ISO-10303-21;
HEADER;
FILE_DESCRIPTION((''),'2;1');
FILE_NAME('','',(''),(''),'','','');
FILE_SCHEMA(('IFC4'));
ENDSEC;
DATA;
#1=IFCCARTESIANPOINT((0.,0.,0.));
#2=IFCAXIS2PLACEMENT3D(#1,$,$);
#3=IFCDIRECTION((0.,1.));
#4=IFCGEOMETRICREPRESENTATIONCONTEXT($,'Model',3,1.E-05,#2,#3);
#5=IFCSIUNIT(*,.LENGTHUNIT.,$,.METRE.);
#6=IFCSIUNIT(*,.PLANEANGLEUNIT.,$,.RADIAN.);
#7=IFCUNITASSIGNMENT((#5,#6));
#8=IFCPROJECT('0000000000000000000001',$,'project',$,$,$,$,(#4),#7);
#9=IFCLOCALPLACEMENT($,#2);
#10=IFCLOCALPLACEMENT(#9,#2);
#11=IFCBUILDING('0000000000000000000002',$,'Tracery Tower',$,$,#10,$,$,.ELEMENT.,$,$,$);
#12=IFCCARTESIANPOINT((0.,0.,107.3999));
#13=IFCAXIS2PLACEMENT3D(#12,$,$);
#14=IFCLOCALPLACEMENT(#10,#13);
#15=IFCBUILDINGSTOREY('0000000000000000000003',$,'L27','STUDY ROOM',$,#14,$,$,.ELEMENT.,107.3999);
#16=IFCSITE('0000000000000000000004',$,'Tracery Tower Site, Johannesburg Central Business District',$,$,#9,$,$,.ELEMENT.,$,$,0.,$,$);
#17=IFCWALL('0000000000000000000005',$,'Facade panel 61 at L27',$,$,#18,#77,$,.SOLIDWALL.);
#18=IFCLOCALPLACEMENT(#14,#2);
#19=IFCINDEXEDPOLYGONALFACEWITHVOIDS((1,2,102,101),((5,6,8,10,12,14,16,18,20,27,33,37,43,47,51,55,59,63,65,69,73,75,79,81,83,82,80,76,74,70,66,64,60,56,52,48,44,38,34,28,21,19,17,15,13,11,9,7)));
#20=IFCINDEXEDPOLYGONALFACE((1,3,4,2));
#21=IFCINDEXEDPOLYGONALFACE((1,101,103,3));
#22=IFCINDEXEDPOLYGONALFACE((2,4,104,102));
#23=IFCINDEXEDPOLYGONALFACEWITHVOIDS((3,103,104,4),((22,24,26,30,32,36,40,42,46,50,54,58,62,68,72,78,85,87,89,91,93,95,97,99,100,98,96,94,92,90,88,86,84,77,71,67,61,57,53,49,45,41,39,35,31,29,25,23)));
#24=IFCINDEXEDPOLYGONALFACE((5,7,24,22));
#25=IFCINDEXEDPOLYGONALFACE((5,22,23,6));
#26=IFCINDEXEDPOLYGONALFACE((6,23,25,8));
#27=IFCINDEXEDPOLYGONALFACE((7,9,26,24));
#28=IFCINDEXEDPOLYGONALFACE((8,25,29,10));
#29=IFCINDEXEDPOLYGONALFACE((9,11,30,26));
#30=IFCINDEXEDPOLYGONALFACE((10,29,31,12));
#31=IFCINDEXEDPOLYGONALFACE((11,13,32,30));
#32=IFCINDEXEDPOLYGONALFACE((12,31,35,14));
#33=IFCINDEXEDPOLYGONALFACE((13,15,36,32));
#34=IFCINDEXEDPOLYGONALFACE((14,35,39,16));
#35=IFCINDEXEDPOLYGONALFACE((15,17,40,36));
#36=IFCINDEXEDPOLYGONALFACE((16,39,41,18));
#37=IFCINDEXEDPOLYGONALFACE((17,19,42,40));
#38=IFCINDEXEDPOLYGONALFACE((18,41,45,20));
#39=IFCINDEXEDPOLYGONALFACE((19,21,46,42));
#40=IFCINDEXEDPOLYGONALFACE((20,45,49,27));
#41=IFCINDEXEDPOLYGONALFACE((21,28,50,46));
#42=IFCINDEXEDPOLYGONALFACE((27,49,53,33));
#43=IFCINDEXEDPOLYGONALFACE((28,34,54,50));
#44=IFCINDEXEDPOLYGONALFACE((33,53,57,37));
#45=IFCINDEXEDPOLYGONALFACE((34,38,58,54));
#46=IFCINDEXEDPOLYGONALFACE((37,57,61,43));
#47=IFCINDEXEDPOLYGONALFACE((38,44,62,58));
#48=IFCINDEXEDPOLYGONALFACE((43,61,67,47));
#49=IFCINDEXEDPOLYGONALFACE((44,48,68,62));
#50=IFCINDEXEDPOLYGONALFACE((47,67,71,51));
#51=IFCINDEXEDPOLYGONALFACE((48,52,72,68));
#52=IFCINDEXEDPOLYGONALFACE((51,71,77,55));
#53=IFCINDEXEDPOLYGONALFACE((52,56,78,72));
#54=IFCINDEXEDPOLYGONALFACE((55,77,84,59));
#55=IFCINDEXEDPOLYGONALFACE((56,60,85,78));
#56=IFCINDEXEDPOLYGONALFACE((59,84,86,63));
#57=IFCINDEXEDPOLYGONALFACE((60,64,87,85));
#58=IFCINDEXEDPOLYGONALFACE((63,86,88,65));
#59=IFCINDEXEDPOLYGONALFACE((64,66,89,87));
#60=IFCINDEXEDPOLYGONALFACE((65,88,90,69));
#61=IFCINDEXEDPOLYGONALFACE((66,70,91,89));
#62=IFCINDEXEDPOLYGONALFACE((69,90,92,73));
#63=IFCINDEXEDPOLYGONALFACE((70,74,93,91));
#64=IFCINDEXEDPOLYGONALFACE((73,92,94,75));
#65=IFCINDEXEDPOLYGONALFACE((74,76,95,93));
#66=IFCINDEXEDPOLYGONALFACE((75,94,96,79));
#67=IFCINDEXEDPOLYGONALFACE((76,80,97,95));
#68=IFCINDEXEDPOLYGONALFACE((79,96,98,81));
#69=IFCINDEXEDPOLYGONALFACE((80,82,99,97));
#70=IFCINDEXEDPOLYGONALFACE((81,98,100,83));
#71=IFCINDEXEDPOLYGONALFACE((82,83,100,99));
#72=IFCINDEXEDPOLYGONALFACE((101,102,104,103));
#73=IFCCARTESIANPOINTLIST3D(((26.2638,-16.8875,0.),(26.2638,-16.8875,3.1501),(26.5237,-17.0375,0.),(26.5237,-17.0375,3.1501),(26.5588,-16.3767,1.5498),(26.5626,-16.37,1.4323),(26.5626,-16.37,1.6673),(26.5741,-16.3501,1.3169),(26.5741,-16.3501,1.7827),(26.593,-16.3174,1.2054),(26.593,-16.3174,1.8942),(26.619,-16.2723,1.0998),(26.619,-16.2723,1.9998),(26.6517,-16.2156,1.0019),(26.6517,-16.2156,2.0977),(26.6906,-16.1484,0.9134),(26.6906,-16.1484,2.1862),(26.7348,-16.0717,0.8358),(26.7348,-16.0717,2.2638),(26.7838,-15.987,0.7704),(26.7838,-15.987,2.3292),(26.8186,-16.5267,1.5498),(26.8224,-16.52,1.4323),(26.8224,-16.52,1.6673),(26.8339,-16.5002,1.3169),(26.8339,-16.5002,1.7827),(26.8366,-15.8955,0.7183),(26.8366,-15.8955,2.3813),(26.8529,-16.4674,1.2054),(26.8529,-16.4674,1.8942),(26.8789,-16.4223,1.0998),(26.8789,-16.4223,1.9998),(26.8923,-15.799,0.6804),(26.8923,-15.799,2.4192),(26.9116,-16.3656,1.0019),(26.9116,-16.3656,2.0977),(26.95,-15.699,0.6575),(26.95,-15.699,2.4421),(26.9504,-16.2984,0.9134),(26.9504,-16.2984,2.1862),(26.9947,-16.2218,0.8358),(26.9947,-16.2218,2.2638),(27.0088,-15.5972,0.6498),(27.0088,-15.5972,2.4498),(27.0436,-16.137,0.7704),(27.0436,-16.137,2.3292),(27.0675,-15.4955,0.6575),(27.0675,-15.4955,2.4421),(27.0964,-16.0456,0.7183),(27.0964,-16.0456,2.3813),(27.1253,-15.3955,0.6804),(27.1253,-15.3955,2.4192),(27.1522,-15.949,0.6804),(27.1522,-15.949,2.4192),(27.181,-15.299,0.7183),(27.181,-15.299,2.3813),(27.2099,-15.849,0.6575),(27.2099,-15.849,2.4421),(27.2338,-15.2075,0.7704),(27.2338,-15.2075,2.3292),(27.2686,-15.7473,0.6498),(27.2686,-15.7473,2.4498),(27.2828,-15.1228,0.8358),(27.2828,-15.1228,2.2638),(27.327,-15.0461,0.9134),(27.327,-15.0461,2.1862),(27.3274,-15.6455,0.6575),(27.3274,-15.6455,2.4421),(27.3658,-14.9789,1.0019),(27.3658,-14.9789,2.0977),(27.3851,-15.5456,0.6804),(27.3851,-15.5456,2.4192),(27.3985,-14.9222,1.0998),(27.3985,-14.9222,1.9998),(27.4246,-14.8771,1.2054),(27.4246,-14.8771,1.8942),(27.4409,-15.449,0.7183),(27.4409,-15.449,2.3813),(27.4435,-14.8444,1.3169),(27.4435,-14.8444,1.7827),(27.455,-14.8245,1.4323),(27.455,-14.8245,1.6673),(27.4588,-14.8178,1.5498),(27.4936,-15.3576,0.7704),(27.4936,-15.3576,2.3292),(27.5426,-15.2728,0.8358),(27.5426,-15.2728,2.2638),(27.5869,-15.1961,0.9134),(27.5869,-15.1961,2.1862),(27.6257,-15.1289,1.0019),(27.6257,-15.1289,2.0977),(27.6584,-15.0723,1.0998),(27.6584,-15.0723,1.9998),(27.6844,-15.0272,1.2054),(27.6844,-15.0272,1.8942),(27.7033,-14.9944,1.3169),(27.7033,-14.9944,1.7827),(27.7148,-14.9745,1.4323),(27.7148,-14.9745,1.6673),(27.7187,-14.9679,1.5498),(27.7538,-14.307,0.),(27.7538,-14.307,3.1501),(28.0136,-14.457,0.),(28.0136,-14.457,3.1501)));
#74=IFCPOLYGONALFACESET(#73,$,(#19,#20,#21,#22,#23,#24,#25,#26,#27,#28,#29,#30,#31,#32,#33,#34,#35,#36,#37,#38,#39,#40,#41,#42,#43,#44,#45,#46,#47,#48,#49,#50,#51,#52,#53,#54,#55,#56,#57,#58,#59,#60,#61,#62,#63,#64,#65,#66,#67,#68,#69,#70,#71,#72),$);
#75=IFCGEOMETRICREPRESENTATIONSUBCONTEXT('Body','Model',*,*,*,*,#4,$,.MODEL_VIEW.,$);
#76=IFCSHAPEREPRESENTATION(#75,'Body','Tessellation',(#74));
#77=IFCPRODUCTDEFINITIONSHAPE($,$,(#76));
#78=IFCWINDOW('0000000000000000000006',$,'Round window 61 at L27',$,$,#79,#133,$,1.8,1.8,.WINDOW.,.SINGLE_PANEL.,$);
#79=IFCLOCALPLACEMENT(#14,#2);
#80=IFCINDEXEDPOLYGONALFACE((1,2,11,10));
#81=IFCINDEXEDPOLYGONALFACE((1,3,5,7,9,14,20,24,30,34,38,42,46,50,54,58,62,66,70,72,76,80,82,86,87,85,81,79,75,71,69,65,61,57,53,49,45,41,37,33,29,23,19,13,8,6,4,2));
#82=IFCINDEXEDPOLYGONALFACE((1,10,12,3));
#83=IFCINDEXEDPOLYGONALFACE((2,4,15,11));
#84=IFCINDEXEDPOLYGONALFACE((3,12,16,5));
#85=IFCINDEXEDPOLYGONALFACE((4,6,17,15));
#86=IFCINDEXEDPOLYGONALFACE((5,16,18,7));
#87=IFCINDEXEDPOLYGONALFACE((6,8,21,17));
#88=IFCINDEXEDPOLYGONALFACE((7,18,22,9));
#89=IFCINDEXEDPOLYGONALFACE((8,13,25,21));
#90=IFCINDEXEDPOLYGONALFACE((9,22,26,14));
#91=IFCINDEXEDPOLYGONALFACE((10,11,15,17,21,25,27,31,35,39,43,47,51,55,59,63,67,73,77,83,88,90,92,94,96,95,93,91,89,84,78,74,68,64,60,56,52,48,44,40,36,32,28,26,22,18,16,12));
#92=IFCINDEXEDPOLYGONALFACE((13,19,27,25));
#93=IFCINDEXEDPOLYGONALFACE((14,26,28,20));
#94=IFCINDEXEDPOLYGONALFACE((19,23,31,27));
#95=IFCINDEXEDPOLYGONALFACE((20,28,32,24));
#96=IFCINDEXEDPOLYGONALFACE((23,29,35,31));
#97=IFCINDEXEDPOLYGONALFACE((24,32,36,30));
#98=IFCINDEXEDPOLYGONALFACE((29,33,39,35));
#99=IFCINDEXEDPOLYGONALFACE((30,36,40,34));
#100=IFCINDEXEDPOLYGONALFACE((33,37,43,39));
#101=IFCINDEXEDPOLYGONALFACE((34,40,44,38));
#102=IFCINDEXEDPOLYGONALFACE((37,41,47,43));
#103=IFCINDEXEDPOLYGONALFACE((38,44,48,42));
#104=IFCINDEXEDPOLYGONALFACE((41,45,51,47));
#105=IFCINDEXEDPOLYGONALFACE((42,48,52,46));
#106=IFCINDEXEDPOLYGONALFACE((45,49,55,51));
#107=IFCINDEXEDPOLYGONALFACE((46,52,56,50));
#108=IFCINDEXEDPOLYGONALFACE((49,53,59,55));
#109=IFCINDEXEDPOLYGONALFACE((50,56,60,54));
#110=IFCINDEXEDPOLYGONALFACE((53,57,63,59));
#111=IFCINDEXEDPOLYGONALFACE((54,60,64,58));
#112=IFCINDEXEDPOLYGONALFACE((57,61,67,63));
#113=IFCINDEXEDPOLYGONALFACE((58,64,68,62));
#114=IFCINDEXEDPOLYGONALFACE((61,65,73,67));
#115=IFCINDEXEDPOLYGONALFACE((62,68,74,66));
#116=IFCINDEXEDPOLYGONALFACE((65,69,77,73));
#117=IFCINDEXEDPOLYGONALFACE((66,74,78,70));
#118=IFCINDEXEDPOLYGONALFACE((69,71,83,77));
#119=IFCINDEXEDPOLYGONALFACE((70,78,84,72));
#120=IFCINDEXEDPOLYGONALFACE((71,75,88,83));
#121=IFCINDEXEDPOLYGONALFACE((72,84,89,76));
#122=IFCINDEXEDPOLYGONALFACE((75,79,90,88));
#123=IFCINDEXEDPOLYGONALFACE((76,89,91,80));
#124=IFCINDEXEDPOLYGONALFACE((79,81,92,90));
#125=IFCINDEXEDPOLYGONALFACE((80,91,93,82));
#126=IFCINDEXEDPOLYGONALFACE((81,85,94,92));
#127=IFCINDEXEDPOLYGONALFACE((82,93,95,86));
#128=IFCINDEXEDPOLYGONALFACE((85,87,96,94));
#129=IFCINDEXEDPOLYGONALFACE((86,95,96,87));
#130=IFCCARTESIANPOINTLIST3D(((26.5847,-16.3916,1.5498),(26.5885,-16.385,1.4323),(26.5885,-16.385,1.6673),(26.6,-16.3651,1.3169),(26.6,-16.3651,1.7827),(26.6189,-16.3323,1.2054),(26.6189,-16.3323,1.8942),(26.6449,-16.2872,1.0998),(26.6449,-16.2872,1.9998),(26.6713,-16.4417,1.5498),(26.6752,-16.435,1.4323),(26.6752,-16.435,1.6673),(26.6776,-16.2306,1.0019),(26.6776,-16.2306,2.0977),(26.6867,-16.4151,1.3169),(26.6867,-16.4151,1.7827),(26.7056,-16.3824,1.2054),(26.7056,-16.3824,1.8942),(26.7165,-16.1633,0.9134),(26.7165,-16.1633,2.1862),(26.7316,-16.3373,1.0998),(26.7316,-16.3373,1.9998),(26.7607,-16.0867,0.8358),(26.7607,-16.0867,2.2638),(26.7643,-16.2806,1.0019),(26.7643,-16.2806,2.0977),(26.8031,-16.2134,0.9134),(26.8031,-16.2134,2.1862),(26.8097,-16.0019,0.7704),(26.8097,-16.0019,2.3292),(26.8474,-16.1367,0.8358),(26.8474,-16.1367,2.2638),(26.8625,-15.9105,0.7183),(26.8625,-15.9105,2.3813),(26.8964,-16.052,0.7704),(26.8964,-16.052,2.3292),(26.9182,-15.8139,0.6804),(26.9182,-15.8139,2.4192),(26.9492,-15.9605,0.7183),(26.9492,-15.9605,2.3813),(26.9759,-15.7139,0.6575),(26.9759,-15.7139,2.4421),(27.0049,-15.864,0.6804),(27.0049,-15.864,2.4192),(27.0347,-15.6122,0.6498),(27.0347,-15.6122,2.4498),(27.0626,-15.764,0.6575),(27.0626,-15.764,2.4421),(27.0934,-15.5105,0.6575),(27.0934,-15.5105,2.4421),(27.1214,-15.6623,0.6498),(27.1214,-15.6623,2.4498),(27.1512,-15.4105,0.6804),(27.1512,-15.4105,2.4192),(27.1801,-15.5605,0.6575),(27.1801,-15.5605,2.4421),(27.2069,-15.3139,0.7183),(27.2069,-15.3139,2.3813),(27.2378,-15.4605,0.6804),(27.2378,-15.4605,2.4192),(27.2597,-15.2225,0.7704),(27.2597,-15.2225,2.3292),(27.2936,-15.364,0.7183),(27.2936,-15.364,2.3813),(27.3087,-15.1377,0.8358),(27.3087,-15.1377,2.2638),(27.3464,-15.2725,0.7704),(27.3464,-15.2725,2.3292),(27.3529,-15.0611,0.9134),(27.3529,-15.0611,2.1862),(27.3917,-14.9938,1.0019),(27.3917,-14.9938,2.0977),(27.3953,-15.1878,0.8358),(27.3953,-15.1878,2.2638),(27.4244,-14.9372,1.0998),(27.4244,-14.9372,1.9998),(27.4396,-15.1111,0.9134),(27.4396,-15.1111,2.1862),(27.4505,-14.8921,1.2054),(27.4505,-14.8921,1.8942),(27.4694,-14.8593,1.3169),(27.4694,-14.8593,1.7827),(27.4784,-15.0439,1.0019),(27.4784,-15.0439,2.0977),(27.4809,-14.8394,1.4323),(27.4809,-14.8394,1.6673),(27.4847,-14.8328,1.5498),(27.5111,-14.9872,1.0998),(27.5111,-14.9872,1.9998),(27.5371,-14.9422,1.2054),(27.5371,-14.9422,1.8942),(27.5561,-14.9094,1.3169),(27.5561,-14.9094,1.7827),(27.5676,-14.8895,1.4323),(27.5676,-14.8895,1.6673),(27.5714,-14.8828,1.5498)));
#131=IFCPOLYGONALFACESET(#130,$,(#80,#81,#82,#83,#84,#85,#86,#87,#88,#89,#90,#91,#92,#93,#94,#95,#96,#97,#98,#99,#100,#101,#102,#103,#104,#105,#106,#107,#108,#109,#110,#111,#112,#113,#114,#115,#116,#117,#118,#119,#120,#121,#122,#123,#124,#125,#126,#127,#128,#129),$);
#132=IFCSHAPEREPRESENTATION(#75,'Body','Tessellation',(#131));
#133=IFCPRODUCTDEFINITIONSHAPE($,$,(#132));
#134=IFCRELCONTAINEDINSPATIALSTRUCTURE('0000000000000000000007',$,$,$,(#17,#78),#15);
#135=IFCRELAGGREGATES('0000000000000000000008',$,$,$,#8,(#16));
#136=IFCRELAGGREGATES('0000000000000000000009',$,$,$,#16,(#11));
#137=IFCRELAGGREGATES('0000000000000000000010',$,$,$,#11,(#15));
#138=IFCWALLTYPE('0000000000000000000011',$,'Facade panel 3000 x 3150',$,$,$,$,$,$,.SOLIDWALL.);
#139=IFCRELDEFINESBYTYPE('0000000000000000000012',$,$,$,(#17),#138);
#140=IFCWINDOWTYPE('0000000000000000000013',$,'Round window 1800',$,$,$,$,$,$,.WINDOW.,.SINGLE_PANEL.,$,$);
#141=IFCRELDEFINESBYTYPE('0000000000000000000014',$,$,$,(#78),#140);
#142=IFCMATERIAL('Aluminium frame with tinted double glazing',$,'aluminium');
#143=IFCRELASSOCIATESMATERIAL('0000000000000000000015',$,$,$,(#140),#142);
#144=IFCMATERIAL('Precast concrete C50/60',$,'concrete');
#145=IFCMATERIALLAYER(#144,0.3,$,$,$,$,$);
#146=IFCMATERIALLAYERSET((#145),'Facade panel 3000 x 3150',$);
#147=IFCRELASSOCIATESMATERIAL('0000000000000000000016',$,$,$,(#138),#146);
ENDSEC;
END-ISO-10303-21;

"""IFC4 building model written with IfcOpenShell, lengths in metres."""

from ifc_helpers import new_model, si_unit, direction, frame, frame_2d, origin, origin_2d, place, context, subcontext, project, spatial, rectangle, circle, extrude, material, layer, layer_set, type_object, element, fill, save


model = new_model("IFC4")

# Units and contexts
model_context = context("Model", 3, precision=1e-05, world=origin(), true_north=direction((0.0, 1.0)))
body_context = subcontext(model_context, "Body", "Model", "MODEL_VIEW")
ifc_project = project(units=[si_unit("LENGTHUNIT", "METRE"), si_unit("PLANEANGLEUNIT", "RADIAN")], contexts=[model_context])

# Site, building, storey
site_placement = place(None, origin())
site = spatial("IfcSite", under=ifc_project, at=site_placement, Name="Tracery Tower Site, Johannesburg Central Business District", CompositionType="ELEMENT", RefElevation=0.0)
building_placement = place(site_placement, origin())
building = spatial("IfcBuilding", under=site, at=building_placement, Name="Tracery Tower", CompositionType="ELEMENT")
storey_placement = place(building_placement, frame((0.0, 0.0, 107.3999)))
storey = spatial("IfcBuildingStorey", under=building, at=storey_placement, Name="L27", Description="STUDY ROOM", CompositionType="ELEMENT", Elevation=107.3999)

# Wall, opening, window
ifc_material_1 = material(Name="Aluminium frame with tinted double glazing", Category="aluminium")
window_type = type_object("IfcWindowType", Name="Round window 1800", PartitioningType="SINGLE_PANEL", PredefinedType="WINDOW", material=ifc_material_1)
ifc_material_2 = material(Name="Precast concrete C50/60", Category="concrete")
ifc_layer_1 = layer(ifc_material_2, 0.3)
ifc_layer_set_1 = layer_set([ifc_layer_1], Name="Facade panel 3000 x 3150")
wall_type_1 = type_object("IfcWallType", Name="Facade panel 3000 x 3150", PredefinedType="SOLIDWALL", material=ifc_layer_set_1)
wall_1_placement = place(storey_placement, frame((26.3938, -16.9624, 0.0), z_axis=(0.0, 0.0, 1.0), x_axis=(0.500025, 0.866011, 0.0)))
wall_1 = element("IfcWall", 1, at=wall_1_placement, inside=storey, type_object=wall_type_1, Name="Facade panel 61 at L27", PredefinedType="SOLIDWALL", context=body_context, shape_type="SweptSolid", body=[
    extrude(rectangle(XDim=2.9797, YDim=0.3, at=frame_2d((1.4897, 0.0))), origin(), (0.0, 0.0, 1.0), 3.1501),
])
opening_1_placement = place(wall_1_placement, frame((1.4897, 0.0, 1.5498)))
opening_1 = element("IfcOpeningElement", 2, at=opening_1_placement, cuts=wall_1, PredefinedType="OPENING", context=body_context, shape_type="SweptSolid", body=[
    extrude(circle(Radius=0.9, at=origin_2d()), frame((0.0, 0.1599, 0.0), z_axis=(0.0, -1.0, 0.0), x_axis=(1.0, 0.0, 0.0)), (0.0, 0.0, 1.0), 0.3201),
])
window_1_placement = place(opening_1_placement, origin())
window_1 = element("IfcWindow", 3, at=window_1_placement, inside=storey, type_object=window_type, Name="Round window 61 at L27", OverallHeight=1.8, OverallWidth=1.8, PartitioningType="SINGLE_PANEL", PredefinedType="WINDOW", context=body_context, shape_type="SweptSolid", body=[
    extrude(circle(Radius=0.9, at=origin_2d()), frame((0.0, 0.1201, 0.0), z_axis=(0.0, -1.0, 0.0), x_axis=(1.0, 0.0, 0.0)), (0.0, 0.0, 1.0), 0.1001),
])
fill(opening_1, window_1)

save(model, "model.ifc")
